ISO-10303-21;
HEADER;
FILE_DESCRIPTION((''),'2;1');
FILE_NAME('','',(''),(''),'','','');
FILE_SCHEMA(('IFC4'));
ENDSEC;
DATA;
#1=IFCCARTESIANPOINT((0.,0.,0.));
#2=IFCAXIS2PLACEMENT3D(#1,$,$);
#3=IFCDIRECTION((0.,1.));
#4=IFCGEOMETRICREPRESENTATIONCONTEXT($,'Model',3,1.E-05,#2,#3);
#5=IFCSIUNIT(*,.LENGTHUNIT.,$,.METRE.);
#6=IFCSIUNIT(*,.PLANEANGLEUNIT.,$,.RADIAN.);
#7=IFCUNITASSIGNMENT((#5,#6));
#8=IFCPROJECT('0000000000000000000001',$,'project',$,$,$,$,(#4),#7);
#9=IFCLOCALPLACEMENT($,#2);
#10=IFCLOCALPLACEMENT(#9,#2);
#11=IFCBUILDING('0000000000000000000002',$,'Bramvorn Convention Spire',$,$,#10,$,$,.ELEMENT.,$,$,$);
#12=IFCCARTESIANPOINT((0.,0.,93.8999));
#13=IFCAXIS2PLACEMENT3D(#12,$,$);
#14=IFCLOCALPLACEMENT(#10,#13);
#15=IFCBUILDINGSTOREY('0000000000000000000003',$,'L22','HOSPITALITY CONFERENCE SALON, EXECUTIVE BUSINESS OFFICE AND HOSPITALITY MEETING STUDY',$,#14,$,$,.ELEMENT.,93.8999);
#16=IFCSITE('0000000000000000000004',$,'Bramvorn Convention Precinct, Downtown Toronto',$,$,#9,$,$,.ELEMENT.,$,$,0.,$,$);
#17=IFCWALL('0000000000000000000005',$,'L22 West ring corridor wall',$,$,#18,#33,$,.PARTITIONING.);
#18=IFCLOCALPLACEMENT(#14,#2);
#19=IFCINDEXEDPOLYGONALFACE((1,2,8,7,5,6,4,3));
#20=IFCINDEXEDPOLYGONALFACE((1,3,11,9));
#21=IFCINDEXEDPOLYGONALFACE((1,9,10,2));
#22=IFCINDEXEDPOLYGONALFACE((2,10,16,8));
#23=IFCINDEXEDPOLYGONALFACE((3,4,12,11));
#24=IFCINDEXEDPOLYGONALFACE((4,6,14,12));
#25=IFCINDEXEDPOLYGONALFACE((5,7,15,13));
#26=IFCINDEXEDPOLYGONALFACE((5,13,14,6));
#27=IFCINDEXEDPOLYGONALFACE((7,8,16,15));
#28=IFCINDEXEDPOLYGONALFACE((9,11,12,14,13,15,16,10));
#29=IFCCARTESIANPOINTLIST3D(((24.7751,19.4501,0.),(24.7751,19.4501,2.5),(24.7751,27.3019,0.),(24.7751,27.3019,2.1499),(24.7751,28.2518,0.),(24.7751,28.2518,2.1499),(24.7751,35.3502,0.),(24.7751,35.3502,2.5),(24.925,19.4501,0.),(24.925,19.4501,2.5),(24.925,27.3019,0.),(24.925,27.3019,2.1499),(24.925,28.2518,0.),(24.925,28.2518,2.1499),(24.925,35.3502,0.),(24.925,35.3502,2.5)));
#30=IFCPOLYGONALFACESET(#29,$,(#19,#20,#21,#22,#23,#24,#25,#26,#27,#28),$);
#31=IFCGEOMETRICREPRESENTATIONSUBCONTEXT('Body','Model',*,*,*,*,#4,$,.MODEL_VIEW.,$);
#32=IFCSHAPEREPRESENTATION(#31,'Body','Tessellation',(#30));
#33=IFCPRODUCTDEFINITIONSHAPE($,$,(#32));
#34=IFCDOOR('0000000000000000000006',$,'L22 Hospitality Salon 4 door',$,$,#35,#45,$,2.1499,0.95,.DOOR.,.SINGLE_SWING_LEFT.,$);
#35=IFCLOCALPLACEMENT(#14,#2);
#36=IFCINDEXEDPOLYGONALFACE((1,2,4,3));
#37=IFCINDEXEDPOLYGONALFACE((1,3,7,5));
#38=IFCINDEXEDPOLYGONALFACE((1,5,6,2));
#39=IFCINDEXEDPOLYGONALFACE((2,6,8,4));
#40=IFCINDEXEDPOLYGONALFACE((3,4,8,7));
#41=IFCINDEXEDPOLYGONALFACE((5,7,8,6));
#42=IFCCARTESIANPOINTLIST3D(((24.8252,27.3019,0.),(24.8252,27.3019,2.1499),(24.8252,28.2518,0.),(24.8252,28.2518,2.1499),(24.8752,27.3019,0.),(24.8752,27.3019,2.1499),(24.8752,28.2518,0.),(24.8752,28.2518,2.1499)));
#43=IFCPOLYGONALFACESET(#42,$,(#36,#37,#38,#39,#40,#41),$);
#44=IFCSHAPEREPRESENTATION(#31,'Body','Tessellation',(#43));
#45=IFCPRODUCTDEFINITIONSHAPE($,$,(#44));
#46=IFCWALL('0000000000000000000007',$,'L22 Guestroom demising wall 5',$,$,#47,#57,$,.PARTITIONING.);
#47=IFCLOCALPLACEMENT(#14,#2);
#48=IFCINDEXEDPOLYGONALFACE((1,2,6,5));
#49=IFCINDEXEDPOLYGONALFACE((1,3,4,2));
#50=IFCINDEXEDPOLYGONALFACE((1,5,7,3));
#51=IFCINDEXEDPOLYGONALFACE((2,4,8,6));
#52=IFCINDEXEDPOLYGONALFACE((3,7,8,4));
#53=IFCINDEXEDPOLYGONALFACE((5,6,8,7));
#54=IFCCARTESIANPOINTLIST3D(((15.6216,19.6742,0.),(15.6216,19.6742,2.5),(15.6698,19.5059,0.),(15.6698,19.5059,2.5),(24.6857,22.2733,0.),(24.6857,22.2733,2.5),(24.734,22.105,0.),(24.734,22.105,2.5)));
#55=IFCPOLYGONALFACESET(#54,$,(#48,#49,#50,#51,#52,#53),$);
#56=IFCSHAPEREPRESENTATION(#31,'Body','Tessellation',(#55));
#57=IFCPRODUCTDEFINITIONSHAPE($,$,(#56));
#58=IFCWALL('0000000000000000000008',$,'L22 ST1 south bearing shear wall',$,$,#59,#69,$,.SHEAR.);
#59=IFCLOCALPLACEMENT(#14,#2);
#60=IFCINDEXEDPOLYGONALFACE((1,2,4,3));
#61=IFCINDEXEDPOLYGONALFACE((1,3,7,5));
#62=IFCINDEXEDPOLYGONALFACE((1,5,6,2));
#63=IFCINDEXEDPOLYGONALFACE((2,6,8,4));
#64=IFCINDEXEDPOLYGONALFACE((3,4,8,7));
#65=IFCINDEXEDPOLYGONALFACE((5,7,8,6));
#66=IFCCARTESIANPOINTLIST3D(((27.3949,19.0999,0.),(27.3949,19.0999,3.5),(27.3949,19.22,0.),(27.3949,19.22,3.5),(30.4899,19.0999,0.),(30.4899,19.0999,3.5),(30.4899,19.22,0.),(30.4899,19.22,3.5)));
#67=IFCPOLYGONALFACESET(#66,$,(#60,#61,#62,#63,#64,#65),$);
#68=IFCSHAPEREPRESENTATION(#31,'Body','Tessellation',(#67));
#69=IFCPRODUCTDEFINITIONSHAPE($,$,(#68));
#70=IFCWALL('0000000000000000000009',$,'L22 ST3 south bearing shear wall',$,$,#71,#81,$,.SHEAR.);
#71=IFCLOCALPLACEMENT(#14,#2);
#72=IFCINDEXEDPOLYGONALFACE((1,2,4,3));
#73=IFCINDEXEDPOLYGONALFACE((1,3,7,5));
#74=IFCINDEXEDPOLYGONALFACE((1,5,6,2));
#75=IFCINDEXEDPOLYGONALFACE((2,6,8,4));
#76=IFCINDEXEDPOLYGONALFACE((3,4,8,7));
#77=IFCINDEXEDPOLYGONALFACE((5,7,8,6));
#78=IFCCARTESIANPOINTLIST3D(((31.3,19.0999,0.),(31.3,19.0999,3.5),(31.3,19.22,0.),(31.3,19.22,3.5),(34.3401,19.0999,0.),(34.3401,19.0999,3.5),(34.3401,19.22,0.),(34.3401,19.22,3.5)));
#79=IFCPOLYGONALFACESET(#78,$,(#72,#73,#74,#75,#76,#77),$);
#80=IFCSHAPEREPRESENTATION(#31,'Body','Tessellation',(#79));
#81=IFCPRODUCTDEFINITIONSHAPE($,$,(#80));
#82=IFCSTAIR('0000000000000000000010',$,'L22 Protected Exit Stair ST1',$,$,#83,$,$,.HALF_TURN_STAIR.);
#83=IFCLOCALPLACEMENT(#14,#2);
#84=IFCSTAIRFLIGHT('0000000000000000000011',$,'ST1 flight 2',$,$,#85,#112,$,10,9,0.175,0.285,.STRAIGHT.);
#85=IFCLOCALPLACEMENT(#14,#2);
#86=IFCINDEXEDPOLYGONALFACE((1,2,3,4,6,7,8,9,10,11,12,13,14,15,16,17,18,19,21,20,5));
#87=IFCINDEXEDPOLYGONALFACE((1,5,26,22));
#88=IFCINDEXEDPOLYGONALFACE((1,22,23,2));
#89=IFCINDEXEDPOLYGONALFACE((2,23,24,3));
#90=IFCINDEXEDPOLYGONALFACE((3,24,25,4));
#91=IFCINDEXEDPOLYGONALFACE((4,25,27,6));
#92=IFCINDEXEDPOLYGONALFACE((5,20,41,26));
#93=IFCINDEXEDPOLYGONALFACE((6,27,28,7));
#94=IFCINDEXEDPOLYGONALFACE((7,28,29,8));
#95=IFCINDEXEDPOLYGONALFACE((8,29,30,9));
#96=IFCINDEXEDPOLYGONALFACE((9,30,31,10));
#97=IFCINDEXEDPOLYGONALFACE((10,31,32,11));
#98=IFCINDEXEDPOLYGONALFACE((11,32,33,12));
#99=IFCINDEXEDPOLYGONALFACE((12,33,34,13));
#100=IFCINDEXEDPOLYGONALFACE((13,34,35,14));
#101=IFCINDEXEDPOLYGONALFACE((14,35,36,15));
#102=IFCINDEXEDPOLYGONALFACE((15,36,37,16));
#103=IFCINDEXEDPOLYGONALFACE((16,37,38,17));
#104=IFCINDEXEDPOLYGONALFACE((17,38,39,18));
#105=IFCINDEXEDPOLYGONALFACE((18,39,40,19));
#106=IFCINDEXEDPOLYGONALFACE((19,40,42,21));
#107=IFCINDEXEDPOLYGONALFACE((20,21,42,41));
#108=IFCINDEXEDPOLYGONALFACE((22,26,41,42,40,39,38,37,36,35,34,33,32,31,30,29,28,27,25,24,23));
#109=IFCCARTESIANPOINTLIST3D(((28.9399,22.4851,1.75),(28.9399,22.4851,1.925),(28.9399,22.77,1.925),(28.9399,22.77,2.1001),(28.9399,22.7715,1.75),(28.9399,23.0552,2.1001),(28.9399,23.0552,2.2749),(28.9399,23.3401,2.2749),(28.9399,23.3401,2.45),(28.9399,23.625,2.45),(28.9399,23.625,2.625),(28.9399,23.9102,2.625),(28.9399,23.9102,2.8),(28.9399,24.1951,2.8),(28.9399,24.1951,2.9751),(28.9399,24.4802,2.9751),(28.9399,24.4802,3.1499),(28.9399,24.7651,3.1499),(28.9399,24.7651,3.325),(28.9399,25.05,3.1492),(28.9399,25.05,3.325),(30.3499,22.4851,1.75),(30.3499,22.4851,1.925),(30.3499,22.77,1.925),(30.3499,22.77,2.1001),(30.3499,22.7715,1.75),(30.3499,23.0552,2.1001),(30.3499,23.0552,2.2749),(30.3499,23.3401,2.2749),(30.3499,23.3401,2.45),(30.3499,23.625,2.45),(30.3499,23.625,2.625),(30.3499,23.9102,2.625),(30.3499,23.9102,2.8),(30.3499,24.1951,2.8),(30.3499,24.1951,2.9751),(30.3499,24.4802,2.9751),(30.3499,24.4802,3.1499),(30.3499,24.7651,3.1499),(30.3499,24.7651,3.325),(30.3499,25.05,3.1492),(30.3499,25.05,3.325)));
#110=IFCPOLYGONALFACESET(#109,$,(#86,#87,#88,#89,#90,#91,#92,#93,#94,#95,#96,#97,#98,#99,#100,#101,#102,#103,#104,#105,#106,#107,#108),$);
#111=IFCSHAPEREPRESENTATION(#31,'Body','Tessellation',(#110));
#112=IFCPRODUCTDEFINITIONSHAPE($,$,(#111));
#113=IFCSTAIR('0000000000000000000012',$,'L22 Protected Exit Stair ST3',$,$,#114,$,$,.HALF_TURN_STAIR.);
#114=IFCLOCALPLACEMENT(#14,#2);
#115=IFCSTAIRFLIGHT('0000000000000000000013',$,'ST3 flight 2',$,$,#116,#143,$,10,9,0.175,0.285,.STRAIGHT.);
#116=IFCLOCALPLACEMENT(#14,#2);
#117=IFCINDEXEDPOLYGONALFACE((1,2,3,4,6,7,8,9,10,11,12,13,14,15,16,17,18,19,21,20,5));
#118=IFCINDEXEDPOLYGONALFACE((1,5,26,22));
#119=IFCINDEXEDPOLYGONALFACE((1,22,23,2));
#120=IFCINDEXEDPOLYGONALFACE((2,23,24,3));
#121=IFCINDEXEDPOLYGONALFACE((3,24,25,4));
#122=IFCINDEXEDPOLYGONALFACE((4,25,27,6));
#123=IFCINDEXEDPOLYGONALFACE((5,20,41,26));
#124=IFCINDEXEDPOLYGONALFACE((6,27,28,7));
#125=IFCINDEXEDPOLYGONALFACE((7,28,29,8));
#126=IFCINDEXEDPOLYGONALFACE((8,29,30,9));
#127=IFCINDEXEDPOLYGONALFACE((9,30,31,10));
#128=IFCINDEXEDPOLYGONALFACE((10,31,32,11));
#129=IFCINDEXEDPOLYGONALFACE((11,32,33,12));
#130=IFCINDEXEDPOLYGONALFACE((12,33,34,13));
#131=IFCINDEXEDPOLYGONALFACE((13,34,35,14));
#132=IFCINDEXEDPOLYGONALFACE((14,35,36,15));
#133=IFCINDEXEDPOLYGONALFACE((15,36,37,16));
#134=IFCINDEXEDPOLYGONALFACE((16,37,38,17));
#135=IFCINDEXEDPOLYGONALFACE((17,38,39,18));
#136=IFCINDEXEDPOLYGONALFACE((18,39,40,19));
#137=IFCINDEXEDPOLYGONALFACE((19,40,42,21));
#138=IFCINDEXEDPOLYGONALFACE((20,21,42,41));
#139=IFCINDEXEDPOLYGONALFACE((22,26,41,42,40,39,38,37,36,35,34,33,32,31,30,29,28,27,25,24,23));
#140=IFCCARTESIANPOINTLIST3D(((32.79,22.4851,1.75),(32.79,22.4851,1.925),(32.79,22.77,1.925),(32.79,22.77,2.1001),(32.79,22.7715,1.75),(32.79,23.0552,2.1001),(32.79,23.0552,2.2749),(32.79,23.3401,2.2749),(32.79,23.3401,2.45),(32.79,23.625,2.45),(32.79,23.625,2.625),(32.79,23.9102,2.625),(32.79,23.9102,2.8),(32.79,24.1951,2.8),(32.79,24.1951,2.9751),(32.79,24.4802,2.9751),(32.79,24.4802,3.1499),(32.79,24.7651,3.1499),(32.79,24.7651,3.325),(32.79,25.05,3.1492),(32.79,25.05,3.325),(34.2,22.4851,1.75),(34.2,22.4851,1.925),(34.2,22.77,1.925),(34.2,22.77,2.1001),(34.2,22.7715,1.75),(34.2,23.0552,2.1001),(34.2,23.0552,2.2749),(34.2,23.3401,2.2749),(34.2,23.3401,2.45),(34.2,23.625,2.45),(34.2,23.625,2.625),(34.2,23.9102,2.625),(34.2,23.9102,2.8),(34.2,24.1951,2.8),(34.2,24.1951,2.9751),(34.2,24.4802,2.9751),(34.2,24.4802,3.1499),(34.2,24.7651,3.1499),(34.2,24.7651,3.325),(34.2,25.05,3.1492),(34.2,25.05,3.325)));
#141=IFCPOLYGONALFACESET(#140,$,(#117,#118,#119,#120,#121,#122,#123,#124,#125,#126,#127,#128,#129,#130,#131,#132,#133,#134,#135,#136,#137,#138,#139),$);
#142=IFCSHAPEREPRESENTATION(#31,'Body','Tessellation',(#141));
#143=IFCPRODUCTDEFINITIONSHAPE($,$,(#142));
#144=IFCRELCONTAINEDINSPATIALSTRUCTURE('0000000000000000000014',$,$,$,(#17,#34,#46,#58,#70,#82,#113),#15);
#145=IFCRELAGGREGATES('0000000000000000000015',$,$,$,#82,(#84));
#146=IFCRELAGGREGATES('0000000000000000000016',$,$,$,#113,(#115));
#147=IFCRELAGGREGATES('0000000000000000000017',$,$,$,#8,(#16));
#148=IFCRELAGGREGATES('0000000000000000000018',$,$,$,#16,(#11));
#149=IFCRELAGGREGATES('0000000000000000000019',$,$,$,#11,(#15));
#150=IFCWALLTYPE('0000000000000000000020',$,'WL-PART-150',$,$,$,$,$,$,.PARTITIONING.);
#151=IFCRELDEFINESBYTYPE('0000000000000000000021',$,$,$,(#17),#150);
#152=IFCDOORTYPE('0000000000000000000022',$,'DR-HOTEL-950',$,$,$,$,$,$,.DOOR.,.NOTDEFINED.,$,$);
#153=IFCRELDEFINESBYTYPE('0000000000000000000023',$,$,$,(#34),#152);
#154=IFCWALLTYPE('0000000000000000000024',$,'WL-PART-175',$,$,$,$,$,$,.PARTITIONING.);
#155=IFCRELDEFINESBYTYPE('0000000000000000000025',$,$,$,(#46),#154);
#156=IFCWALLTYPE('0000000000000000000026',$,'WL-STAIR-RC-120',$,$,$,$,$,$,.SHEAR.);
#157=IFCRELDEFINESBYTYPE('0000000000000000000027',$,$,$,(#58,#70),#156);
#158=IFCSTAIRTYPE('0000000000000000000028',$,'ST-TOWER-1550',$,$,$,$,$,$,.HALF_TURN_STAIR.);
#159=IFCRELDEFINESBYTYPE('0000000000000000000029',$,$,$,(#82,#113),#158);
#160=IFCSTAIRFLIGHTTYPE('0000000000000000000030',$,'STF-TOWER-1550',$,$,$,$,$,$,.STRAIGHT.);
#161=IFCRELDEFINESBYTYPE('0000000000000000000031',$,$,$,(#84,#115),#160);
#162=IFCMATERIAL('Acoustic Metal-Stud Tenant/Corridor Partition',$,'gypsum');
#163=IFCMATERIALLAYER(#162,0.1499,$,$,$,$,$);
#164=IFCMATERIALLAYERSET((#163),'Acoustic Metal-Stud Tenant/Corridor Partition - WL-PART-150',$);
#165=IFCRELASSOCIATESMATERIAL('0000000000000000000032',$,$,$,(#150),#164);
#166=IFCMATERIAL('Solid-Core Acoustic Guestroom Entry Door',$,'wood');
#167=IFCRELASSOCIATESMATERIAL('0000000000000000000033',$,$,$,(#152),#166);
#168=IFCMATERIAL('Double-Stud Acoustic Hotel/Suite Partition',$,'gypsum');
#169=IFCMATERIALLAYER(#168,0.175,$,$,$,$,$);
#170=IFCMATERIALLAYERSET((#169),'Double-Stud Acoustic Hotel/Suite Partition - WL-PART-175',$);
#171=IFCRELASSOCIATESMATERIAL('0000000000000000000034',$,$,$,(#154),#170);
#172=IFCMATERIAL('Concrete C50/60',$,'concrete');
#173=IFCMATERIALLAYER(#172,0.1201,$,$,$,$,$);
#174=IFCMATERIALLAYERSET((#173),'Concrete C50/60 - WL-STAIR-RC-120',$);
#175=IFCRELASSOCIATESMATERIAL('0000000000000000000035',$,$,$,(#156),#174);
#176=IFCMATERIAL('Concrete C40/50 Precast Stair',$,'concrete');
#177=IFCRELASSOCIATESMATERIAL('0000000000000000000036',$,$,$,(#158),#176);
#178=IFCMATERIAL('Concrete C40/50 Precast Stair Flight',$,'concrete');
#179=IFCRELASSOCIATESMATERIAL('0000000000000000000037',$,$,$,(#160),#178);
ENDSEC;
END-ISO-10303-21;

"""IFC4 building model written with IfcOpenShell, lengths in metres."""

from ifc_helpers import new_model, si_unit, direction, frame, frame_2d, origin, place, context, subcontext, project, spatial, polyline, rectangle, outline, extrude, material, layer, layer_set, type_object, element, fill, aggregate, save


model = new_model("IFC4")

# Units and contexts
model_context = context("Model", 3, precision=1e-05, world=origin(), true_north=direction((0.0, 1.0)))
body_context = subcontext(model_context, "Body", "Model", "MODEL_VIEW")
ifc_project = project(units=[si_unit("LENGTHUNIT", "METRE"), si_unit("PLANEANGLEUNIT", "RADIAN")], contexts=[model_context])

# Site, building, storey
site_placement = place(None, origin())
site = spatial("IfcSite", under=ifc_project, at=site_placement, Name="Bramvorn Convention Precinct, Downtown Toronto", CompositionType="ELEMENT", RefElevation=0.0)
building_placement = place(site_placement, origin())
building = spatial("IfcBuilding", under=site, at=building_placement, Name="Bramvorn Convention Spire", CompositionType="ELEMENT")
storey_placement = place(building_placement, frame((0.0, 0.0, 93.8999)))
storey = spatial("IfcBuildingStorey", under=building, at=storey_placement, Name="L22", Description="HOSPITALITY CONFERENCE SALON, EXECUTIVE BUSINESS OFFICE AND HOSPITALITY MEETING STUDY", CompositionType="ELEMENT", Elevation=93.8999)

# Wall, opening, door
ifc_material_1 = material(Name="Acoustic Metal-Stud Tenant/Corridor Partition", Category="gypsum")
ifc_layer_1 = layer(ifc_material_1, 0.1499)
ifc_layer_set_1 = layer_set([ifc_layer_1], Name="Acoustic Metal-Stud Tenant/Corridor Partition - WL-PART-150")
wall_type_1 = type_object("IfcWallType", Name="WL-PART-150", PredefinedType="PARTITIONING", material=ifc_layer_set_1)
wall_1_placement = place(storey_placement, frame((24.8501, 19.45, 0.0), z_axis=(0.0, 0.0, 1.0), x_axis=(0.0, 1.0, 0.0)))
wall_1 = element("IfcWall", 1, at=wall_1_placement, inside=storey, type_object=wall_type_1, Name="L22 West ring corridor wall", PredefinedType="PARTITIONING", context=body_context, shape_type="SweptSolid", body=[
    extrude(rectangle(XDim=15.9001, YDim=0.1499, at=frame_2d((7.9502, 0.0))), origin(), (0.0, 0.0, 1.0), 2.5),
])
opening_placement = place(wall_1_placement, frame((7.8518, 0.0, 0.0)))
opening = element("IfcOpeningElement", 2, at=opening_placement, cuts=wall_1, PredefinedType="OPENING", context=body_context, shape_type="SweptSolid", body=[
    extrude(rectangle(XDim=0.95, YDim=2.1499, at=frame_2d((0.4751, 1.075))), frame((0.0, 0.085, 0.0), z_axis=(0.0, -1.0, 0.0), x_axis=(1.0, 0.0, 0.0)), (0.0, 0.0, 1.0), 0.1699),
])
ifc_material_2 = material(Name="Solid-Core Acoustic Guestroom Entry Door", Category="wood")
door_type = type_object("IfcDoorType", Name="DR-HOTEL-950", OperationType="NOTDEFINED", PredefinedType="DOOR", material=ifc_material_2)
door_placement = place(opening_placement, origin())
door = element("IfcDoor", 3, at=door_placement, inside=storey, type_object=door_type, Name="L22 Hospitality Salon 4 door", OperationType="SINGLE_SWING_LEFT", OverallHeight=2.1499, OverallWidth=0.95, PredefinedType="DOOR", context=body_context, shape_type="SweptSolid", body=[
    extrude(rectangle(XDim=0.95, YDim=2.1499, at=frame_2d((0.4751, 1.075))), frame((0.0, 0.0249, 0.0), z_axis=(0.0, -1.0, 0.0), x_axis=(1.0, 0.0, 0.0)), (0.0, 0.0, 1.0), 0.05),
])
fill(opening, door)

# Walls
ifc_material_3 = material(Name="Double-Stud Acoustic Hotel/Suite Partition", Category="gypsum")
ifc_layer_2 = layer(ifc_material_3, 0.175)
ifc_layer_set_2 = layer_set([ifc_layer_2], Name="Double-Stud Acoustic Hotel/Suite Partition - WL-PART-175")
wall_type_2 = type_object("IfcWallType", Name="WL-PART-175", PredefinedType="PARTITIONING", material=ifc_layer_set_2)
wall_2_placement = place(storey_placement, frame((24.71, 22.1892, 0.0), z_axis=(0.0, 0.0, 1.0), x_axis=(-0.961262, -0.275637, 0.0)))
element("IfcWall", 4, at=wall_2_placement, inside=storey, type_object=wall_type_2, Name="L22 Guestroom demising wall 5", PredefinedType="PARTITIONING", context=body_context, shape_type="SweptSolid", body=[
    extrude(rectangle(XDim=9.4294, YDim=0.175, at=frame_2d((4.7148, 0.0))), origin(), (0.0, 0.0, 1.0), 2.5),
])
ifc_material_4 = material(Name="Concrete C50/60", Category="concrete")
ifc_layer_3 = layer(ifc_material_4, 0.1201)
ifc_layer_set_3 = layer_set([ifc_layer_3], Name="Concrete C50/60 - WL-STAIR-RC-120")
wall_type_3 = type_object("IfcWallType", Name="WL-STAIR-RC-120", PredefinedType="SHEAR", material=ifc_layer_set_3)
wall_3_placement = place(storey_placement, frame((27.395, 19.1599, 0.0), z_axis=(0.0, 0.0, 1.0), x_axis=(1.0, 0.0, 0.0)))
element("IfcWall", 5, at=wall_3_placement, inside=storey, type_object=wall_type_3, Name="L22 ST1 south bearing shear wall", PredefinedType="SHEAR", context=body_context, shape_type="SweptSolid", body=[
    extrude(rectangle(XDim=3.095, YDim=0.1201, at=frame_2d((1.5474, 0.0))), origin(), (0.0, 0.0, 1.0), 3.5),
])
wall_4_placement = place(storey_placement, frame((31.3, 19.1599, 0.0), z_axis=(0.0, 0.0, 1.0), x_axis=(1.0, 0.0, 0.0)))
element("IfcWall", 6, at=wall_4_placement, inside=storey, type_object=wall_type_3, Name="L22 ST3 south bearing shear wall", PredefinedType="SHEAR", context=body_context, shape_type="SweptSolid", body=[
    extrude(rectangle(XDim=3.04, YDim=0.1201, at=frame_2d((1.52, 0.0))), origin(), (0.0, 0.0, 1.0), 3.5),
])

# Stairs, stair flights
ifc_material_5 = material(Name="Concrete C40/50 Precast Stair", Category="concrete")
stair_type = type_object("IfcStairType", Name="ST-TOWER-1550", PredefinedType="HALF_TURN_STAIR", material=ifc_material_5)
stair_1_placement = place(storey_placement, origin())
stair_1 = element("IfcStair", 7, at=stair_1_placement, inside=storey, type_object=stair_type, Name="L22 Protected Exit Stair ST1", PredefinedType="HALF_TURN_STAIR")
ifc_material_6 = material(Name="Concrete C40/50 Precast Stair Flight", Category="concrete")
stair_flight_type = type_object("IfcStairFlightType", Name="STF-TOWER-1550", PredefinedType="STRAIGHT", material=ifc_material_6)
stair_flight_1_placement = place(storey_placement, frame((29.645, 22.4851, 1.75), z_axis=(0.0, 0.0, 1.0), x_axis=(0.0, 1.0, 0.0)))
stair_flight_1 = element("IfcStairFlight", 8, at=stair_flight_1_placement, type_object=stair_flight_type, Name="ST1 flight 2", NumberOfRisers=10, NumberOfTreads=9, PredefinedType="STRAIGHT", RiserHeight=0.175, TreadLength=0.285, context=body_context, shape_type="SweptSolid", body=[
    extrude(outline(polyline([(0.0, 0.0), (0.0, 0.175), (0.2849, 0.175), (0.2849, 0.3501), (0.5701, 0.3501), (0.5701, 0.5249), (0.855, 0.5249), (0.855, 0.7), (1.1399, 0.7), (1.1399, 0.875), (1.425, 0.875), (1.425, 1.05), (1.71, 1.05), (1.71, 1.2251), (1.9951, 1.2251), (1.9951, 1.3999), (2.28, 1.3999), (2.28, 1.575), (2.5649, 1.575), (2.5649, 1.75), (2.5649, 1.3992), (0.2864, 0.0), (0.0, 0.0)])), frame((0.0, 0.7051, 0.0), z_axis=(0.0, -1.0, 0.0), x_axis=(1.0, 0.0, 0.0)), (0.0, 0.0, 1.0), 1.4099),
])
aggregate(stair_1, [stair_flight_1])
stair_2_placement = place(storey_placement, origin())
stair_2 = element("IfcStair", 9, at=stair_2_placement, inside=storey, type_object=stair_type, Name="L22 Protected Exit Stair ST3", PredefinedType="HALF_TURN_STAIR")
stair_flight_2_placement = place(storey_placement, frame((33.4951, 22.4851, 1.75), z_axis=(0.0, 0.0, 1.0), x_axis=(0.0, 1.0, 0.0)))
stair_flight_2 = element("IfcStairFlight", 10, at=stair_flight_2_placement, type_object=stair_flight_type, Name="ST3 flight 2", NumberOfRisers=10, NumberOfTreads=9, PredefinedType="STRAIGHT", RiserHeight=0.175, TreadLength=0.285, context=body_context, shape_type="SweptSolid", body=[
    extrude(outline(polyline([(0.0, 0.0), (0.0, 0.175), (0.2849, 0.175), (0.2849, 0.3501), (0.5701, 0.3501), (0.5701, 0.5249), (0.855, 0.5249), (0.855, 0.7), (1.1399, 0.7), (1.1399, 0.875), (1.425, 0.875), (1.425, 1.05), (1.71, 1.05), (1.71, 1.2251), (1.9951, 1.2251), (1.9951, 1.3999), (2.28, 1.3999), (2.28, 1.575), (2.5649, 1.575), (2.5649, 1.75), (2.5649, 1.3992), (0.2864, 0.0), (0.0, 0.0)])), frame((0.0, 0.7051, 0.0), z_axis=(0.0, -1.0, 0.0), x_axis=(1.0, 0.0, 0.0)), (0.0, 0.0, 1.0), 1.4099),
])
aggregate(stair_2, [stair_flight_2])

save(model, "model.ifc")
